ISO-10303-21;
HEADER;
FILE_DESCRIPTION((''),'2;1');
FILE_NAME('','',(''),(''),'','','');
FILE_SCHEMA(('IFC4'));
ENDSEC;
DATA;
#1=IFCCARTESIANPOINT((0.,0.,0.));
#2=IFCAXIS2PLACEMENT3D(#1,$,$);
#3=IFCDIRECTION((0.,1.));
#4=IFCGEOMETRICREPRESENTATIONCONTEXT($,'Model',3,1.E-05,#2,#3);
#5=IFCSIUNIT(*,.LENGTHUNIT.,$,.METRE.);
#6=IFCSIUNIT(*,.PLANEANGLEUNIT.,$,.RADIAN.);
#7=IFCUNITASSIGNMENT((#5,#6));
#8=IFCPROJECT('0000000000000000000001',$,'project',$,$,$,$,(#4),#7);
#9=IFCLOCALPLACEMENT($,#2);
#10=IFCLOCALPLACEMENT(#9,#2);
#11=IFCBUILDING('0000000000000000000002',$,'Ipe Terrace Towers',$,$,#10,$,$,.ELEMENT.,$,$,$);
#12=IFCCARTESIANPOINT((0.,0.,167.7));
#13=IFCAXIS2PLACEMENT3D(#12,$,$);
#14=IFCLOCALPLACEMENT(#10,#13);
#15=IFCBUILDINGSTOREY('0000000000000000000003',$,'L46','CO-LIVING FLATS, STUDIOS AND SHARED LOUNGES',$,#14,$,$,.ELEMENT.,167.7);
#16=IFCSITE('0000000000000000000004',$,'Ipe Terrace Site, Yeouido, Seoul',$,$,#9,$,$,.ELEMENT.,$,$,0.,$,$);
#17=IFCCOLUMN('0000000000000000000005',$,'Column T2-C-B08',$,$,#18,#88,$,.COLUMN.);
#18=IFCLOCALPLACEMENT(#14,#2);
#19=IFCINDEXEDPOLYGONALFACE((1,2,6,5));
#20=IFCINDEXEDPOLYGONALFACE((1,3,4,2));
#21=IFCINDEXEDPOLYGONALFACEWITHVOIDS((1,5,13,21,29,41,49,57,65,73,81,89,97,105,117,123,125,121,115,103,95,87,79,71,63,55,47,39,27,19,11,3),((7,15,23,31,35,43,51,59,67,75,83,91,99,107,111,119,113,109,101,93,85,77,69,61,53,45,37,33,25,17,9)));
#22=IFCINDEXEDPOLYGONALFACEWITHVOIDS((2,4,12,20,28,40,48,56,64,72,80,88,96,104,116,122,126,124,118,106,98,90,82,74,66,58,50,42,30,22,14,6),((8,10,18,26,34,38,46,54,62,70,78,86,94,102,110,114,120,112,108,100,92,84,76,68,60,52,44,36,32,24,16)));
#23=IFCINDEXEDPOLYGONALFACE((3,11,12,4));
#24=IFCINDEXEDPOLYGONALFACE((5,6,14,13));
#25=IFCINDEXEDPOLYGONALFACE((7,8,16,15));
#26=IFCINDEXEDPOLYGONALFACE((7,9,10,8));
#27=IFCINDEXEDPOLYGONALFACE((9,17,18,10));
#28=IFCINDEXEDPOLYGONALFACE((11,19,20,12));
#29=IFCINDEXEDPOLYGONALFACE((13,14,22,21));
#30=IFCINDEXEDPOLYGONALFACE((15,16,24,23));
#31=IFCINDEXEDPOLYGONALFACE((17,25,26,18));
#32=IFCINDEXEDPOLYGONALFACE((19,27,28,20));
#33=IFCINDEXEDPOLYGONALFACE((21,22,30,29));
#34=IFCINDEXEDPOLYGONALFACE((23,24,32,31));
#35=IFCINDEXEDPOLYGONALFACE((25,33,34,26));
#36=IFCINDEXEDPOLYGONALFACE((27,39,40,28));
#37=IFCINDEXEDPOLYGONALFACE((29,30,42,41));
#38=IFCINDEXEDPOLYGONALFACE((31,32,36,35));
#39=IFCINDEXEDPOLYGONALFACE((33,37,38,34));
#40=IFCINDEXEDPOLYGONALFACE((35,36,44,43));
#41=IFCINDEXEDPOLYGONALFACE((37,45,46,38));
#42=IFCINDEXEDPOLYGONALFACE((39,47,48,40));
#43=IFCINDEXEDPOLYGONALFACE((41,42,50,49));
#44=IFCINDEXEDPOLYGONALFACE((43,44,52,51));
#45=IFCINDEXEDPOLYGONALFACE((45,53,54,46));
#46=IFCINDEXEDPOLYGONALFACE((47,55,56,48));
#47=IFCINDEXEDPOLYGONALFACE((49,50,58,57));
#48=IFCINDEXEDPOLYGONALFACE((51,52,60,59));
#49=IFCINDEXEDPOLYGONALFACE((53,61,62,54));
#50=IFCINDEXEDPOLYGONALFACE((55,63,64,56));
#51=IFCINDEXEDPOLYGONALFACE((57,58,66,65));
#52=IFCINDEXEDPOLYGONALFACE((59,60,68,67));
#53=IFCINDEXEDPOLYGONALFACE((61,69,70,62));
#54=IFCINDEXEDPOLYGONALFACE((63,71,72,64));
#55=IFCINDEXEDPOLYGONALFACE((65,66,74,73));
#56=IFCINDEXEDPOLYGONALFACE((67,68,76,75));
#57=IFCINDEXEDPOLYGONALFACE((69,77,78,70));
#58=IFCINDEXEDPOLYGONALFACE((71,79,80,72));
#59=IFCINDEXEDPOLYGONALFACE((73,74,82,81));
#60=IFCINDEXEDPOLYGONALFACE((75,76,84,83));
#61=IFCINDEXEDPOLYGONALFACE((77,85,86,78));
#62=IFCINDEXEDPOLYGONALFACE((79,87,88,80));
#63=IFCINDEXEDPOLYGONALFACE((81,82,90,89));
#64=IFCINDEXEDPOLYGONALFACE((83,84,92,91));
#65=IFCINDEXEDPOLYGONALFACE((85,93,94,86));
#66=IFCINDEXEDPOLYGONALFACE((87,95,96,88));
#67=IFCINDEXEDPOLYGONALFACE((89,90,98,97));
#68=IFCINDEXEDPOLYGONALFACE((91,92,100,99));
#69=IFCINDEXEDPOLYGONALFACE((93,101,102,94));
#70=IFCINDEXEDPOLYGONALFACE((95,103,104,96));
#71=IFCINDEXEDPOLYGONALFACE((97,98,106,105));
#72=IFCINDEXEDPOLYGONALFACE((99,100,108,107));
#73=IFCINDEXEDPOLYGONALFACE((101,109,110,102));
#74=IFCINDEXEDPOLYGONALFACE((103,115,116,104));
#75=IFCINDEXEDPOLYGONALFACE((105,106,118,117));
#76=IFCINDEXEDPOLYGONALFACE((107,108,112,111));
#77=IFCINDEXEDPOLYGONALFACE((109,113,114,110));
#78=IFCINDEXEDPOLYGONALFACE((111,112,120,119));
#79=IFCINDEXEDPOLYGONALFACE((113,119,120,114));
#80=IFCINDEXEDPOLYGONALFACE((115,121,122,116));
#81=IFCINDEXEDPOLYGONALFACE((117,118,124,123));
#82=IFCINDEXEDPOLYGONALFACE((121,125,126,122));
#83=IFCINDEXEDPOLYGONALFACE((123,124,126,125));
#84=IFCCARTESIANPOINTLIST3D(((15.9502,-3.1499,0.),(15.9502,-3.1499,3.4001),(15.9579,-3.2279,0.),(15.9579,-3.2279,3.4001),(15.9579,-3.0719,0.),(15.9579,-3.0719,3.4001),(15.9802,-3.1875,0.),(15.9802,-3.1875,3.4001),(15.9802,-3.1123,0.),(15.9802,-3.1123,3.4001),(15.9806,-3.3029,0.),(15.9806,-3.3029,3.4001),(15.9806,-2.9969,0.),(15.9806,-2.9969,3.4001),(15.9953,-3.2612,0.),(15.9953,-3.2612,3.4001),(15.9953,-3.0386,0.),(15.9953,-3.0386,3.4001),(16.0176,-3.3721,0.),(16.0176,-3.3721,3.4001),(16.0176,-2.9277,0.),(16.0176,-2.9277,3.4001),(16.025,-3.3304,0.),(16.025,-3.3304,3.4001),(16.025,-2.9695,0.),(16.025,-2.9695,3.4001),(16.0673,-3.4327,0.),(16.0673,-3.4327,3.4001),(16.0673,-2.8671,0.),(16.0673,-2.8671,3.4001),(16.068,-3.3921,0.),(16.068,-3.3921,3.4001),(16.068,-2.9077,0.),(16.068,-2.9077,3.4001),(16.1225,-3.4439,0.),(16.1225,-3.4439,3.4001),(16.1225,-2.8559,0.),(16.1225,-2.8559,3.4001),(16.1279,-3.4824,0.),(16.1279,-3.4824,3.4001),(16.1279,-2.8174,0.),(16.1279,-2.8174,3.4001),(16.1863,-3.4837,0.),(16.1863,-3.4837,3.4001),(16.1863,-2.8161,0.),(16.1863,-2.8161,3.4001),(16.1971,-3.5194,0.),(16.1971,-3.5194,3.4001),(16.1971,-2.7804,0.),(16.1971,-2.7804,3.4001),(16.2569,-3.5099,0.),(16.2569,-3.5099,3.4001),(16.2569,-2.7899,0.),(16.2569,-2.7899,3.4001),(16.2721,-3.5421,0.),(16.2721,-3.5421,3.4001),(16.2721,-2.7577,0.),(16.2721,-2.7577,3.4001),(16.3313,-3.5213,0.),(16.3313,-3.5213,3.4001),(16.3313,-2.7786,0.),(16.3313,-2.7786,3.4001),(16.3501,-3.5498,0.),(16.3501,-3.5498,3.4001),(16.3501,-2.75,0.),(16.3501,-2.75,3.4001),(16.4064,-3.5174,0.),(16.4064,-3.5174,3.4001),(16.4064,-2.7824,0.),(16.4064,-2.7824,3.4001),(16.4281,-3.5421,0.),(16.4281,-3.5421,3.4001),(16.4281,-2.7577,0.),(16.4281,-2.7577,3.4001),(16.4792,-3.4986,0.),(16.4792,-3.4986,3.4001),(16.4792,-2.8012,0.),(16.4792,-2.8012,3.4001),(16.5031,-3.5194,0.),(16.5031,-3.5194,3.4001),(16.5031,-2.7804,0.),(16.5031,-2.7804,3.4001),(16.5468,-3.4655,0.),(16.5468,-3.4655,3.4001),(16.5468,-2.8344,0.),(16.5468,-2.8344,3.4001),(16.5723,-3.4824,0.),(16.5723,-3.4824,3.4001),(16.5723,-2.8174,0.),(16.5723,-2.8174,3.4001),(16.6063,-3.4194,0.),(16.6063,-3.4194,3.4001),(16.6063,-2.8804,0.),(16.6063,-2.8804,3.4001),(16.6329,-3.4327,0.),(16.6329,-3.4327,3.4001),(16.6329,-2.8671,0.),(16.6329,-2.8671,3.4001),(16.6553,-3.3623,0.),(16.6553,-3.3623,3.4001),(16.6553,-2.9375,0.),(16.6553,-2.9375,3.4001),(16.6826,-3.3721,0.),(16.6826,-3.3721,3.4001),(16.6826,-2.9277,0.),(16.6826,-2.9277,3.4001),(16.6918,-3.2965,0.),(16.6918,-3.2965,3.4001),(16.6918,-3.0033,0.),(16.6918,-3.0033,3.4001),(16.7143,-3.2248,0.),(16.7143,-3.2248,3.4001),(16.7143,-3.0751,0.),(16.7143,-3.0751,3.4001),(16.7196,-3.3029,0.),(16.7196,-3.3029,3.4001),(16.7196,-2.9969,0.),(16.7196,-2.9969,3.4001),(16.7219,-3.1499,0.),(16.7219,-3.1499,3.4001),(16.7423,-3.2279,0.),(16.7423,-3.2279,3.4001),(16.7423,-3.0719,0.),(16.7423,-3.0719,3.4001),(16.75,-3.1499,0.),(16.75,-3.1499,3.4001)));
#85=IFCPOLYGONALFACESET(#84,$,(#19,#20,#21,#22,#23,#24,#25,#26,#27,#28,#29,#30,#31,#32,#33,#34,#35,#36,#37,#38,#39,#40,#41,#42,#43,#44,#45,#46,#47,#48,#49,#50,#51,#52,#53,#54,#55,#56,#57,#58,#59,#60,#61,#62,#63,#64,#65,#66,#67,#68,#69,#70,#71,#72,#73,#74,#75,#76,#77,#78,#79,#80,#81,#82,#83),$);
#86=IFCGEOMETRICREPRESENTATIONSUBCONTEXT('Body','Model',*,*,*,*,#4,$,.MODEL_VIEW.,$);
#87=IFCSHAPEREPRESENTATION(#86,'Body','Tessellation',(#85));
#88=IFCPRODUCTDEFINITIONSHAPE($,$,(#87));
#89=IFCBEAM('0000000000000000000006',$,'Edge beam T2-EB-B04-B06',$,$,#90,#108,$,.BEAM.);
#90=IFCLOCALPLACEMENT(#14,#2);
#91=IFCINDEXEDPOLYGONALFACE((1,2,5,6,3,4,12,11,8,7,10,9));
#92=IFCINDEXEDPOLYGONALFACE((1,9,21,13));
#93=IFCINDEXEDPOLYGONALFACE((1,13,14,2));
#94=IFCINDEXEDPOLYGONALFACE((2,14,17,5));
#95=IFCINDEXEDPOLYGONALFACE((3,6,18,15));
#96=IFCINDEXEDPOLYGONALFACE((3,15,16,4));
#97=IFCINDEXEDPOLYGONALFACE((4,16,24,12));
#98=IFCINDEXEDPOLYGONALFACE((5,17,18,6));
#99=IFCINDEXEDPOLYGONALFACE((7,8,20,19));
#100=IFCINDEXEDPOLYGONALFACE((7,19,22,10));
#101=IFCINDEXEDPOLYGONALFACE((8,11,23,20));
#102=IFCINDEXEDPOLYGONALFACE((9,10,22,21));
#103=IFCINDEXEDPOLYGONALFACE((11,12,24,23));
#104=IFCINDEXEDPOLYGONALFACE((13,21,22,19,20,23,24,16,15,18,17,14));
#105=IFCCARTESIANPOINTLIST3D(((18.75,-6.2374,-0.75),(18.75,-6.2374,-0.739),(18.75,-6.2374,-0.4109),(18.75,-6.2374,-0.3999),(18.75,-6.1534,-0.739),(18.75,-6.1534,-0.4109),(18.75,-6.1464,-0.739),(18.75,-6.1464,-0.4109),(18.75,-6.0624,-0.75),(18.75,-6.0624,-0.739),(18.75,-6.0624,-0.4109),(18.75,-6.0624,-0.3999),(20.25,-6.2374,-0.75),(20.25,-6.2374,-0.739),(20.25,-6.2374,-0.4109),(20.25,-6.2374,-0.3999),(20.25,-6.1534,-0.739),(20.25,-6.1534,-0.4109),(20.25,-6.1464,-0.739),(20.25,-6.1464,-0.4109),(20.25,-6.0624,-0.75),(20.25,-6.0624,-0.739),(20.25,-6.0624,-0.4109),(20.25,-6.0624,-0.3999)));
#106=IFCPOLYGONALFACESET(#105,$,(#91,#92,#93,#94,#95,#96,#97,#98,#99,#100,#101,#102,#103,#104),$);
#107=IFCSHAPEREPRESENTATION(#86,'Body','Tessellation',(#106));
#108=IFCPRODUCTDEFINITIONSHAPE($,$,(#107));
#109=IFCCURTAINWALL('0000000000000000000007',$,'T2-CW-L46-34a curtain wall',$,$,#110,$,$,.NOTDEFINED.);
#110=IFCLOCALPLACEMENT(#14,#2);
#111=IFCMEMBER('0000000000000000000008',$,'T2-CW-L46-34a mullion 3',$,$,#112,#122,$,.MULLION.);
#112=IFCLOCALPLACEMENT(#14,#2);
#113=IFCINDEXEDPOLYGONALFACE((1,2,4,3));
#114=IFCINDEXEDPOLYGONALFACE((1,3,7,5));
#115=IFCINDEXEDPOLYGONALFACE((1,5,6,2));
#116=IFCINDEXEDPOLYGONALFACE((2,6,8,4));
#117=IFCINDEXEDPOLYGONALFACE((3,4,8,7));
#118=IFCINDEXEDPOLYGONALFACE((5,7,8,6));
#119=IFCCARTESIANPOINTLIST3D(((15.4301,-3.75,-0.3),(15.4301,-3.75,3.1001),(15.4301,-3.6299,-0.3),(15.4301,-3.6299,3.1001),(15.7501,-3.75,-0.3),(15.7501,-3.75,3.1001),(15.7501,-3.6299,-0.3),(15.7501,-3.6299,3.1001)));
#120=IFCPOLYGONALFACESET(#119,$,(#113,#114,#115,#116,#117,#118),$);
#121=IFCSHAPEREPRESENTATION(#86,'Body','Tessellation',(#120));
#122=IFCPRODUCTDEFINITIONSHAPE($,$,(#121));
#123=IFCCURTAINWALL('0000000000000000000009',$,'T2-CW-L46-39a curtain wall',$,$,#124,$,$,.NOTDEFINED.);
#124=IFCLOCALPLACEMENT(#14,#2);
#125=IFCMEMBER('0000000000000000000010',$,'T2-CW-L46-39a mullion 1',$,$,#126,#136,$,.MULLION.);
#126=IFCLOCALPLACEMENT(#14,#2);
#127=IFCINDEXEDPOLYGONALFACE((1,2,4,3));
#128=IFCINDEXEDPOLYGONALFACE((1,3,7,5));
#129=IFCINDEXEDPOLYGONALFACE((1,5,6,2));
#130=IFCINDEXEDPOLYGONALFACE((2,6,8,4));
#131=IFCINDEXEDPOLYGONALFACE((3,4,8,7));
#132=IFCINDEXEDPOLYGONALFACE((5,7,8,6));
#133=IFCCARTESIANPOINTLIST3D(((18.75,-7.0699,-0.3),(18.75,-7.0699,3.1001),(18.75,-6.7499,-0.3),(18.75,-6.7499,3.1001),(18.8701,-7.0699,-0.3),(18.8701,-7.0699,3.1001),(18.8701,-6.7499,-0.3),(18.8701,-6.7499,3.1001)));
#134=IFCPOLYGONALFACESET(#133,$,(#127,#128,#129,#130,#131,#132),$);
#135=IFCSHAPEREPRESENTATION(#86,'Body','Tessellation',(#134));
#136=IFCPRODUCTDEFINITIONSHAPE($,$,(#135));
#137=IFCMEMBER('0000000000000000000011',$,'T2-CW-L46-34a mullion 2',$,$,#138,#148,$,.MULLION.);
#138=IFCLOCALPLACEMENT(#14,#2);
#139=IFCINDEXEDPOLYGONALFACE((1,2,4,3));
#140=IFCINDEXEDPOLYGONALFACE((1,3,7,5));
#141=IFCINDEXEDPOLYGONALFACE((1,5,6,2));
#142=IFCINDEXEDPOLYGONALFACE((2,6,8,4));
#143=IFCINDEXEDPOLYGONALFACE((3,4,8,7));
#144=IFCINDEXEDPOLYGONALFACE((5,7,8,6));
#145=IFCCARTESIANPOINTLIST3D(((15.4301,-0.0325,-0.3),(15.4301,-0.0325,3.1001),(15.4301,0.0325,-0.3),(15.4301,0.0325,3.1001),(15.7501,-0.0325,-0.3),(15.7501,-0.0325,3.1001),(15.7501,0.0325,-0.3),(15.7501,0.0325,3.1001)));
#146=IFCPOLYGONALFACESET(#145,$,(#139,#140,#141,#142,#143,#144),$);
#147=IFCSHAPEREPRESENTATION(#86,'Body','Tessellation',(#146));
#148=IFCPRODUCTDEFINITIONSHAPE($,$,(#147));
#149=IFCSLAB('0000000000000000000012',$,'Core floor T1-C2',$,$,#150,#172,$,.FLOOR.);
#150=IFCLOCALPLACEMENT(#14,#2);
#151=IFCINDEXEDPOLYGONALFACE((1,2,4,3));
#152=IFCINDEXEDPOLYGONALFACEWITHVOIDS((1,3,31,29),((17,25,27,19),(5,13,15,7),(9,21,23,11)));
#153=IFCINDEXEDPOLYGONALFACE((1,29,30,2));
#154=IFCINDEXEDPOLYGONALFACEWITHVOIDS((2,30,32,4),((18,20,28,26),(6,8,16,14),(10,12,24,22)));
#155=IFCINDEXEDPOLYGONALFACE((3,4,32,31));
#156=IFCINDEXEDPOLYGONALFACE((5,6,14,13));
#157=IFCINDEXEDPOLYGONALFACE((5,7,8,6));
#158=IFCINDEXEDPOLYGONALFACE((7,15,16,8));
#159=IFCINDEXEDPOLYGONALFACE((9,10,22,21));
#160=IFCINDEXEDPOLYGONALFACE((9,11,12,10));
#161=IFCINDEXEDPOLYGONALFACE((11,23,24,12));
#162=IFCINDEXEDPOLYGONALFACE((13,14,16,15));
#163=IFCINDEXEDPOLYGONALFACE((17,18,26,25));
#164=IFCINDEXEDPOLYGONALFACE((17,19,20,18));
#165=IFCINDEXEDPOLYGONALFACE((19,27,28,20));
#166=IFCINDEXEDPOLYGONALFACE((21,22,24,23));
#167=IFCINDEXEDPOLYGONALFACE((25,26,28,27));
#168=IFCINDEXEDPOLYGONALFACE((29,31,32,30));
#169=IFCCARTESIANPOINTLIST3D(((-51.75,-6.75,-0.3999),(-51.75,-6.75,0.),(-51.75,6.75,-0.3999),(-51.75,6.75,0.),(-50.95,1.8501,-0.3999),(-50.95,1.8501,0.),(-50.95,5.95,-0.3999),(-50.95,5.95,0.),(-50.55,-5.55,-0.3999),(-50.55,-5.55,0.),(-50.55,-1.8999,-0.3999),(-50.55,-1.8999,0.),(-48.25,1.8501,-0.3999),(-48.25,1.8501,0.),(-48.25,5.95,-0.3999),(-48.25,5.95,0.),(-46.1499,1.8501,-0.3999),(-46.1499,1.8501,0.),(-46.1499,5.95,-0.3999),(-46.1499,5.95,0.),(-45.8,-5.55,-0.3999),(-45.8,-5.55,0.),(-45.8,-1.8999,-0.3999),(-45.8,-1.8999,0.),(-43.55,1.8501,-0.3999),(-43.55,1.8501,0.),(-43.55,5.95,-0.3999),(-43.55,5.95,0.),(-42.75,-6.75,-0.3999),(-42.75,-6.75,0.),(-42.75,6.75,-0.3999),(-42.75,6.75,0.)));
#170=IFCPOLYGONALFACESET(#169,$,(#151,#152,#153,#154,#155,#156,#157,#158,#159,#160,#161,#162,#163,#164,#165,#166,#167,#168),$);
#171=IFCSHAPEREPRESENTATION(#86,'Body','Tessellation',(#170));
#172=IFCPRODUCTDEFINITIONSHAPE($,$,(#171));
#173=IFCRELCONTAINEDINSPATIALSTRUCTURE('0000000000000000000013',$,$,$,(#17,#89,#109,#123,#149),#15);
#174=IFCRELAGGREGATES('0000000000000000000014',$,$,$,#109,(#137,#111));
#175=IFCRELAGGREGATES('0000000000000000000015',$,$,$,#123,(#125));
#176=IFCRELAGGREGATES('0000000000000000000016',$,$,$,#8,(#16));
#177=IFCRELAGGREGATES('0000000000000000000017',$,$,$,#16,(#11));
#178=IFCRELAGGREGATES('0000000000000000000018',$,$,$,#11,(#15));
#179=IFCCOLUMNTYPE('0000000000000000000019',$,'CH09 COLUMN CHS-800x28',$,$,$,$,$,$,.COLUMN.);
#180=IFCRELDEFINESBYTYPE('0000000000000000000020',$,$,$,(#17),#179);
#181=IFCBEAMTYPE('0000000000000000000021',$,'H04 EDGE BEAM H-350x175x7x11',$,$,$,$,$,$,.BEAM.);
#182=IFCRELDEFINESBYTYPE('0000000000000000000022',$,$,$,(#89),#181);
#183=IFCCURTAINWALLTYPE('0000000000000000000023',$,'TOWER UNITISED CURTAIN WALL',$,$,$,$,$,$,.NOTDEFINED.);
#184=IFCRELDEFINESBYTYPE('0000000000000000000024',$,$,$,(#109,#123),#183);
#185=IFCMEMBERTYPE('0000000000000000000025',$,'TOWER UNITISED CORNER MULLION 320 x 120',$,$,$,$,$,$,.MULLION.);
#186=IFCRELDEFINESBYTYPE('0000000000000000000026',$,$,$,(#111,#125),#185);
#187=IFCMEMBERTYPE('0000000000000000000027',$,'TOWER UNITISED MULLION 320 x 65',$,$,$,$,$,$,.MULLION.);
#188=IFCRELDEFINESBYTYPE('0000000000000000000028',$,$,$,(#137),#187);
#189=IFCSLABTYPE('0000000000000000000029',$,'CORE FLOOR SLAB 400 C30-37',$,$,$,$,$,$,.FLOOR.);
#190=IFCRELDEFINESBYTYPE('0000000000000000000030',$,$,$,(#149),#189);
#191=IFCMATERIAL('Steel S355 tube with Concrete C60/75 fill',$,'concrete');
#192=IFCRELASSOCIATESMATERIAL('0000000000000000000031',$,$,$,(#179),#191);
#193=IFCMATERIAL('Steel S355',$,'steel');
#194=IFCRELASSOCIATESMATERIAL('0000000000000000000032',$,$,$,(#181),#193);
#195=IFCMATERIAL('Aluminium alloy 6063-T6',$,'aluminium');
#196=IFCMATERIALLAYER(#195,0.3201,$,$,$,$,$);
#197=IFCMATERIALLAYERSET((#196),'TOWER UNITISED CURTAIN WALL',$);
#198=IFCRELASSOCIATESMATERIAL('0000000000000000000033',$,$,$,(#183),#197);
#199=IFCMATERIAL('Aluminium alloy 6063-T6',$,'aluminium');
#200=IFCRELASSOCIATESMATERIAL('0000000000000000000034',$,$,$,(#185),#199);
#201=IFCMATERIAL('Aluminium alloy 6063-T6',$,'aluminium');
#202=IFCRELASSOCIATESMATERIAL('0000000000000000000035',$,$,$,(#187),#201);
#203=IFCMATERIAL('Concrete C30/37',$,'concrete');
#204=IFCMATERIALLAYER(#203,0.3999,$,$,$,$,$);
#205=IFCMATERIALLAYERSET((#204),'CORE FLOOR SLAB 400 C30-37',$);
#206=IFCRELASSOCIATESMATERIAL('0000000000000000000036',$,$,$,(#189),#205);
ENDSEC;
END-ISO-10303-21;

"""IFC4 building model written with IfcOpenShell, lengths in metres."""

from ifc_helpers import new_model, si_unit, direction, frame, origin, origin_2d, place, context, subcontext, project, spatial, polyline, rectangle, hollow_circle, i_section, outline, extrude, material, layer, layer_set, material_profile, profile_set, type_object, element, aggregate, save


model = new_model("IFC4")

# Units and contexts
model_context = context("Model", 3, precision=1e-05, world=origin(), true_north=direction((0.0, 1.0)))
body_context = subcontext(model_context, "Body", "Model", "MODEL_VIEW")
ifc_project = project(units=[si_unit("LENGTHUNIT", "METRE"), si_unit("PLANEANGLEUNIT", "RADIAN")], contexts=[model_context])

# Site, building, storey
site_placement = place(None, origin())
site = spatial("IfcSite", under=ifc_project, at=site_placement, Name="Ipe Terrace Site, Yeouido, Seoul", CompositionType="ELEMENT", RefElevation=0.0)
building_placement = place(site_placement, origin())
building = spatial("IfcBuilding", under=site, at=building_placement, Name="Ipe Terrace Towers", CompositionType="ELEMENT")
storey_placement = place(building_placement, frame((0.0, 0.0, 167.7)))
storey = spatial("IfcBuildingStorey", under=building, at=storey_placement, Name="L46", Description="CO-LIVING FLATS, STUDIOS AND SHARED LOUNGES", CompositionType="ELEMENT", Elevation=167.7)

# Column
ifc_material_1 = material(Name="Steel S355 tube with Concrete C60/75 fill", Category="concrete")
ifc_material_profile_1 = material_profile(ifc_material_1, hollow_circle(Radius=0.3999, WallThickness=0.0281, at=origin_2d()), Name="CHS-800x28")
ifc_profile_set_1 = profile_set([ifc_material_profile_1], Name="Steel S355 tube with Concrete C60/75 fill")
column_type = type_object("IfcColumnType", Name="CH09 COLUMN CHS-800x28", PredefinedType="COLUMN", material=ifc_profile_set_1)
for number, where, z_axis, x_axis, name in (
    (1, (16.3501, -3.1499, 0.0), (0.0, 0.0, 1.0), (1.0, 0.0, 0.0), "Column T2-C-B08"),
):
    element("IfcColumn", number, at=place(storey_placement, frame(where, z_axis=z_axis, x_axis=x_axis)), inside=storey, type_object=column_type, Name=name, PredefinedType="COLUMN", context=body_context, shape_type="SweptSolid", body=[
        extrude(hollow_circle(Radius=0.3999, WallThickness=0.0281, at=origin_2d()), origin(), (0.0, 0.0, 1.0), 3.4001),
    ])

# Beam
ifc_material_2 = material(Name="Steel S355", Category="steel")
ifc_material_profile_2 = material_profile(ifc_material_2, i_section(OverallWidth=0.175, OverallDepth=0.3501, WebThickness=0.0071, FlangeThickness=0.011, at=origin_2d()), Name="H-350x175x7x11")
ifc_profile_set_2 = profile_set([ifc_material_profile_2], Name="Steel S355")
beam_type = type_object("IfcBeamType", Name="H04 EDGE BEAM H-350x175x7x11", PredefinedType="BEAM", material=ifc_profile_set_2)
beam_placement = place(storey_placement, frame((20.25, -6.1499, -0.575), z_axis=(-1.0, 0.0, 0.0), x_axis=(0.0, -1.0, 0.0)))
element("IfcBeam", 2, at=beam_placement, inside=storey, type_object=beam_type, Name="Edge beam T2-EB-B04-B06", PredefinedType="BEAM", context=body_context, shape_type="SweptSolid", body=[
    extrude(i_section(OverallWidth=0.175, OverallDepth=0.3501, WebThickness=0.0071, FlangeThickness=0.011, at=origin_2d()), origin(), (0.0, 0.0, 1.0), 1.5),
])

# Curtain walls, members
ifc_material_3 = material(Name="Aluminium alloy 6063-T6", Category="aluminium")
ifc_layer_1 = layer(ifc_material_3, 0.3201)
ifc_layer_set_1 = layer_set([ifc_layer_1], Name="TOWER UNITISED CURTAIN WALL")
curtain_wall_type = type_object("IfcCurtainWallType", Name="TOWER UNITISED CURTAIN WALL", PredefinedType="NOTDEFINED", material=ifc_layer_set_1)
curtain_wall_1_placement = place(storey_placement, origin())
curtain_wall_1 = element("IfcCurtainWall", 3, at=curtain_wall_1_placement, inside=storey, type_object=curtain_wall_type, Name="T2-CW-L46-34a curtain wall", PredefinedType="NOTDEFINED")
ifc_material_4 = material(Name="Aluminium alloy 6063-T6", Category="aluminium")
ifc_material_profile_3 = material_profile(ifc_material_4, rectangle(XDim=0.3201, YDim=0.1201, at=origin_2d()), Name="TOWER UNITISED CORNER MULLION 320 x 120")
ifc_profile_set_3 = profile_set([ifc_material_profile_3], Name="Aluminium alloy 6063-T6")
member_type_1 = type_object("IfcMemberType", Name="TOWER UNITISED CORNER MULLION 320 x 120", PredefinedType="MULLION", material=ifc_profile_set_3)
member_1_placement = place(storey_placement, frame((15.5901, -3.6899, -0.3), z_axis=(0.0, 0.0, 1.0), x_axis=(-1.0, 0.0, 0.0)))
member_1 = element("IfcMember", 4, at=member_1_placement, type_object=member_type_1, Name="T2-CW-L46-34a mullion 3", PredefinedType="MULLION", context=body_context, shape_type="SweptSolid", body=[
    extrude(rectangle(XDim=0.3201, YDim=0.1201, at=origin_2d()), origin(), (0.0, 0.0, 1.0), 3.4001),
])
curtain_wall_2_placement = place(storey_placement, origin())
curtain_wall_2 = element("IfcCurtainWall", 5, at=curtain_wall_2_placement, inside=storey, type_object=curtain_wall_type, Name="T2-CW-L46-39a curtain wall", PredefinedType="NOTDEFINED")
member_2_placement = place(storey_placement, frame((18.8101, -6.9099, -0.3), z_axis=(0.0, 0.0, 1.0), x_axis=(0.0, -1.0, 0.0)))
member_2 = element("IfcMember", 6, at=member_2_placement, type_object=member_type_1, Name="T2-CW-L46-39a mullion 1", PredefinedType="MULLION", context=body_context, shape_type="SweptSolid", body=[
    extrude(rectangle(XDim=0.3201, YDim=0.1201, at=origin_2d()), origin(), (0.0, 0.0, 1.0), 3.4001),
])

# Member
ifc_material_5 = material(Name="Aluminium alloy 6063-T6", Category="aluminium")
ifc_material_profile_4 = material_profile(ifc_material_5, rectangle(XDim=0.3201, YDim=0.0649, at=origin_2d()), Name="TOWER UNITISED MULLION 320 x 65")
ifc_profile_set_4 = profile_set([ifc_material_profile_4], Name="Aluminium alloy 6063-T6")
member_type_2 = type_object("IfcMemberType", Name="TOWER UNITISED MULLION 320 x 65", PredefinedType="MULLION", material=ifc_profile_set_4)
member_3_placement = place(storey_placement, frame((15.5901, 0.0, -0.3), z_axis=(0.0, 0.0, 1.0), x_axis=(-1.0, 0.0, 0.0)))
member_3 = element("IfcMember", 7, at=member_3_placement, type_object=member_type_2, Name="T2-CW-L46-34a mullion 2", PredefinedType="MULLION", context=body_context, shape_type="SweptSolid", body=[
    extrude(rectangle(XDim=0.3201, YDim=0.0649, at=origin_2d()), origin(), (0.0, 0.0, 1.0), 3.4001),
])

# Slab
ifc_material_6 = material(Name="Concrete C30/37", Category="concrete")
ifc_layer_2 = layer(ifc_material_6, 0.3999)
ifc_layer_set_2 = layer_set([ifc_layer_2], Name="CORE FLOOR SLAB 400 C30-37")
slab_type = type_object("IfcSlabType", Name="CORE FLOOR SLAB 400 C30-37", PredefinedType="FLOOR", material=ifc_layer_set_2)
slab_1_placement = place(storey_placement, frame((0.0, 0.0, -0.3999)))
element("IfcSlab", 8, at=slab_1_placement, inside=storey, type_object=slab_type, Name="Core floor T1-C2", PredefinedType="FLOOR", context=body_context, shape_type="SweptSolid", body=[
    extrude(outline(polyline([(-51.75, -6.75), (-51.75, 6.75), (-42.75, 6.75), (-42.75, -6.75), (-51.75, -6.75)]), holes=[polyline([(-45.8, -1.8999), (-50.55, -1.8999), (-50.55, -5.55), (-45.8, -5.55), (-45.8, -1.8999)]), polyline([(-48.25, 1.8501), (-48.25, 5.95), (-50.95, 5.95), (-50.95, 1.8501), (-48.25, 1.8501)]), polyline([(-43.55, 1.8501), (-43.55, 5.95), (-46.1499, 5.95), (-46.1499, 1.8501), (-43.55, 1.8501)])]), origin(), (0.0, 0.0, 1.0), 0.3999),
])

aggregate(curtain_wall_1, [member_3, member_1])
aggregate(curtain_wall_2, [member_2])

save(model, "model.ifc")
